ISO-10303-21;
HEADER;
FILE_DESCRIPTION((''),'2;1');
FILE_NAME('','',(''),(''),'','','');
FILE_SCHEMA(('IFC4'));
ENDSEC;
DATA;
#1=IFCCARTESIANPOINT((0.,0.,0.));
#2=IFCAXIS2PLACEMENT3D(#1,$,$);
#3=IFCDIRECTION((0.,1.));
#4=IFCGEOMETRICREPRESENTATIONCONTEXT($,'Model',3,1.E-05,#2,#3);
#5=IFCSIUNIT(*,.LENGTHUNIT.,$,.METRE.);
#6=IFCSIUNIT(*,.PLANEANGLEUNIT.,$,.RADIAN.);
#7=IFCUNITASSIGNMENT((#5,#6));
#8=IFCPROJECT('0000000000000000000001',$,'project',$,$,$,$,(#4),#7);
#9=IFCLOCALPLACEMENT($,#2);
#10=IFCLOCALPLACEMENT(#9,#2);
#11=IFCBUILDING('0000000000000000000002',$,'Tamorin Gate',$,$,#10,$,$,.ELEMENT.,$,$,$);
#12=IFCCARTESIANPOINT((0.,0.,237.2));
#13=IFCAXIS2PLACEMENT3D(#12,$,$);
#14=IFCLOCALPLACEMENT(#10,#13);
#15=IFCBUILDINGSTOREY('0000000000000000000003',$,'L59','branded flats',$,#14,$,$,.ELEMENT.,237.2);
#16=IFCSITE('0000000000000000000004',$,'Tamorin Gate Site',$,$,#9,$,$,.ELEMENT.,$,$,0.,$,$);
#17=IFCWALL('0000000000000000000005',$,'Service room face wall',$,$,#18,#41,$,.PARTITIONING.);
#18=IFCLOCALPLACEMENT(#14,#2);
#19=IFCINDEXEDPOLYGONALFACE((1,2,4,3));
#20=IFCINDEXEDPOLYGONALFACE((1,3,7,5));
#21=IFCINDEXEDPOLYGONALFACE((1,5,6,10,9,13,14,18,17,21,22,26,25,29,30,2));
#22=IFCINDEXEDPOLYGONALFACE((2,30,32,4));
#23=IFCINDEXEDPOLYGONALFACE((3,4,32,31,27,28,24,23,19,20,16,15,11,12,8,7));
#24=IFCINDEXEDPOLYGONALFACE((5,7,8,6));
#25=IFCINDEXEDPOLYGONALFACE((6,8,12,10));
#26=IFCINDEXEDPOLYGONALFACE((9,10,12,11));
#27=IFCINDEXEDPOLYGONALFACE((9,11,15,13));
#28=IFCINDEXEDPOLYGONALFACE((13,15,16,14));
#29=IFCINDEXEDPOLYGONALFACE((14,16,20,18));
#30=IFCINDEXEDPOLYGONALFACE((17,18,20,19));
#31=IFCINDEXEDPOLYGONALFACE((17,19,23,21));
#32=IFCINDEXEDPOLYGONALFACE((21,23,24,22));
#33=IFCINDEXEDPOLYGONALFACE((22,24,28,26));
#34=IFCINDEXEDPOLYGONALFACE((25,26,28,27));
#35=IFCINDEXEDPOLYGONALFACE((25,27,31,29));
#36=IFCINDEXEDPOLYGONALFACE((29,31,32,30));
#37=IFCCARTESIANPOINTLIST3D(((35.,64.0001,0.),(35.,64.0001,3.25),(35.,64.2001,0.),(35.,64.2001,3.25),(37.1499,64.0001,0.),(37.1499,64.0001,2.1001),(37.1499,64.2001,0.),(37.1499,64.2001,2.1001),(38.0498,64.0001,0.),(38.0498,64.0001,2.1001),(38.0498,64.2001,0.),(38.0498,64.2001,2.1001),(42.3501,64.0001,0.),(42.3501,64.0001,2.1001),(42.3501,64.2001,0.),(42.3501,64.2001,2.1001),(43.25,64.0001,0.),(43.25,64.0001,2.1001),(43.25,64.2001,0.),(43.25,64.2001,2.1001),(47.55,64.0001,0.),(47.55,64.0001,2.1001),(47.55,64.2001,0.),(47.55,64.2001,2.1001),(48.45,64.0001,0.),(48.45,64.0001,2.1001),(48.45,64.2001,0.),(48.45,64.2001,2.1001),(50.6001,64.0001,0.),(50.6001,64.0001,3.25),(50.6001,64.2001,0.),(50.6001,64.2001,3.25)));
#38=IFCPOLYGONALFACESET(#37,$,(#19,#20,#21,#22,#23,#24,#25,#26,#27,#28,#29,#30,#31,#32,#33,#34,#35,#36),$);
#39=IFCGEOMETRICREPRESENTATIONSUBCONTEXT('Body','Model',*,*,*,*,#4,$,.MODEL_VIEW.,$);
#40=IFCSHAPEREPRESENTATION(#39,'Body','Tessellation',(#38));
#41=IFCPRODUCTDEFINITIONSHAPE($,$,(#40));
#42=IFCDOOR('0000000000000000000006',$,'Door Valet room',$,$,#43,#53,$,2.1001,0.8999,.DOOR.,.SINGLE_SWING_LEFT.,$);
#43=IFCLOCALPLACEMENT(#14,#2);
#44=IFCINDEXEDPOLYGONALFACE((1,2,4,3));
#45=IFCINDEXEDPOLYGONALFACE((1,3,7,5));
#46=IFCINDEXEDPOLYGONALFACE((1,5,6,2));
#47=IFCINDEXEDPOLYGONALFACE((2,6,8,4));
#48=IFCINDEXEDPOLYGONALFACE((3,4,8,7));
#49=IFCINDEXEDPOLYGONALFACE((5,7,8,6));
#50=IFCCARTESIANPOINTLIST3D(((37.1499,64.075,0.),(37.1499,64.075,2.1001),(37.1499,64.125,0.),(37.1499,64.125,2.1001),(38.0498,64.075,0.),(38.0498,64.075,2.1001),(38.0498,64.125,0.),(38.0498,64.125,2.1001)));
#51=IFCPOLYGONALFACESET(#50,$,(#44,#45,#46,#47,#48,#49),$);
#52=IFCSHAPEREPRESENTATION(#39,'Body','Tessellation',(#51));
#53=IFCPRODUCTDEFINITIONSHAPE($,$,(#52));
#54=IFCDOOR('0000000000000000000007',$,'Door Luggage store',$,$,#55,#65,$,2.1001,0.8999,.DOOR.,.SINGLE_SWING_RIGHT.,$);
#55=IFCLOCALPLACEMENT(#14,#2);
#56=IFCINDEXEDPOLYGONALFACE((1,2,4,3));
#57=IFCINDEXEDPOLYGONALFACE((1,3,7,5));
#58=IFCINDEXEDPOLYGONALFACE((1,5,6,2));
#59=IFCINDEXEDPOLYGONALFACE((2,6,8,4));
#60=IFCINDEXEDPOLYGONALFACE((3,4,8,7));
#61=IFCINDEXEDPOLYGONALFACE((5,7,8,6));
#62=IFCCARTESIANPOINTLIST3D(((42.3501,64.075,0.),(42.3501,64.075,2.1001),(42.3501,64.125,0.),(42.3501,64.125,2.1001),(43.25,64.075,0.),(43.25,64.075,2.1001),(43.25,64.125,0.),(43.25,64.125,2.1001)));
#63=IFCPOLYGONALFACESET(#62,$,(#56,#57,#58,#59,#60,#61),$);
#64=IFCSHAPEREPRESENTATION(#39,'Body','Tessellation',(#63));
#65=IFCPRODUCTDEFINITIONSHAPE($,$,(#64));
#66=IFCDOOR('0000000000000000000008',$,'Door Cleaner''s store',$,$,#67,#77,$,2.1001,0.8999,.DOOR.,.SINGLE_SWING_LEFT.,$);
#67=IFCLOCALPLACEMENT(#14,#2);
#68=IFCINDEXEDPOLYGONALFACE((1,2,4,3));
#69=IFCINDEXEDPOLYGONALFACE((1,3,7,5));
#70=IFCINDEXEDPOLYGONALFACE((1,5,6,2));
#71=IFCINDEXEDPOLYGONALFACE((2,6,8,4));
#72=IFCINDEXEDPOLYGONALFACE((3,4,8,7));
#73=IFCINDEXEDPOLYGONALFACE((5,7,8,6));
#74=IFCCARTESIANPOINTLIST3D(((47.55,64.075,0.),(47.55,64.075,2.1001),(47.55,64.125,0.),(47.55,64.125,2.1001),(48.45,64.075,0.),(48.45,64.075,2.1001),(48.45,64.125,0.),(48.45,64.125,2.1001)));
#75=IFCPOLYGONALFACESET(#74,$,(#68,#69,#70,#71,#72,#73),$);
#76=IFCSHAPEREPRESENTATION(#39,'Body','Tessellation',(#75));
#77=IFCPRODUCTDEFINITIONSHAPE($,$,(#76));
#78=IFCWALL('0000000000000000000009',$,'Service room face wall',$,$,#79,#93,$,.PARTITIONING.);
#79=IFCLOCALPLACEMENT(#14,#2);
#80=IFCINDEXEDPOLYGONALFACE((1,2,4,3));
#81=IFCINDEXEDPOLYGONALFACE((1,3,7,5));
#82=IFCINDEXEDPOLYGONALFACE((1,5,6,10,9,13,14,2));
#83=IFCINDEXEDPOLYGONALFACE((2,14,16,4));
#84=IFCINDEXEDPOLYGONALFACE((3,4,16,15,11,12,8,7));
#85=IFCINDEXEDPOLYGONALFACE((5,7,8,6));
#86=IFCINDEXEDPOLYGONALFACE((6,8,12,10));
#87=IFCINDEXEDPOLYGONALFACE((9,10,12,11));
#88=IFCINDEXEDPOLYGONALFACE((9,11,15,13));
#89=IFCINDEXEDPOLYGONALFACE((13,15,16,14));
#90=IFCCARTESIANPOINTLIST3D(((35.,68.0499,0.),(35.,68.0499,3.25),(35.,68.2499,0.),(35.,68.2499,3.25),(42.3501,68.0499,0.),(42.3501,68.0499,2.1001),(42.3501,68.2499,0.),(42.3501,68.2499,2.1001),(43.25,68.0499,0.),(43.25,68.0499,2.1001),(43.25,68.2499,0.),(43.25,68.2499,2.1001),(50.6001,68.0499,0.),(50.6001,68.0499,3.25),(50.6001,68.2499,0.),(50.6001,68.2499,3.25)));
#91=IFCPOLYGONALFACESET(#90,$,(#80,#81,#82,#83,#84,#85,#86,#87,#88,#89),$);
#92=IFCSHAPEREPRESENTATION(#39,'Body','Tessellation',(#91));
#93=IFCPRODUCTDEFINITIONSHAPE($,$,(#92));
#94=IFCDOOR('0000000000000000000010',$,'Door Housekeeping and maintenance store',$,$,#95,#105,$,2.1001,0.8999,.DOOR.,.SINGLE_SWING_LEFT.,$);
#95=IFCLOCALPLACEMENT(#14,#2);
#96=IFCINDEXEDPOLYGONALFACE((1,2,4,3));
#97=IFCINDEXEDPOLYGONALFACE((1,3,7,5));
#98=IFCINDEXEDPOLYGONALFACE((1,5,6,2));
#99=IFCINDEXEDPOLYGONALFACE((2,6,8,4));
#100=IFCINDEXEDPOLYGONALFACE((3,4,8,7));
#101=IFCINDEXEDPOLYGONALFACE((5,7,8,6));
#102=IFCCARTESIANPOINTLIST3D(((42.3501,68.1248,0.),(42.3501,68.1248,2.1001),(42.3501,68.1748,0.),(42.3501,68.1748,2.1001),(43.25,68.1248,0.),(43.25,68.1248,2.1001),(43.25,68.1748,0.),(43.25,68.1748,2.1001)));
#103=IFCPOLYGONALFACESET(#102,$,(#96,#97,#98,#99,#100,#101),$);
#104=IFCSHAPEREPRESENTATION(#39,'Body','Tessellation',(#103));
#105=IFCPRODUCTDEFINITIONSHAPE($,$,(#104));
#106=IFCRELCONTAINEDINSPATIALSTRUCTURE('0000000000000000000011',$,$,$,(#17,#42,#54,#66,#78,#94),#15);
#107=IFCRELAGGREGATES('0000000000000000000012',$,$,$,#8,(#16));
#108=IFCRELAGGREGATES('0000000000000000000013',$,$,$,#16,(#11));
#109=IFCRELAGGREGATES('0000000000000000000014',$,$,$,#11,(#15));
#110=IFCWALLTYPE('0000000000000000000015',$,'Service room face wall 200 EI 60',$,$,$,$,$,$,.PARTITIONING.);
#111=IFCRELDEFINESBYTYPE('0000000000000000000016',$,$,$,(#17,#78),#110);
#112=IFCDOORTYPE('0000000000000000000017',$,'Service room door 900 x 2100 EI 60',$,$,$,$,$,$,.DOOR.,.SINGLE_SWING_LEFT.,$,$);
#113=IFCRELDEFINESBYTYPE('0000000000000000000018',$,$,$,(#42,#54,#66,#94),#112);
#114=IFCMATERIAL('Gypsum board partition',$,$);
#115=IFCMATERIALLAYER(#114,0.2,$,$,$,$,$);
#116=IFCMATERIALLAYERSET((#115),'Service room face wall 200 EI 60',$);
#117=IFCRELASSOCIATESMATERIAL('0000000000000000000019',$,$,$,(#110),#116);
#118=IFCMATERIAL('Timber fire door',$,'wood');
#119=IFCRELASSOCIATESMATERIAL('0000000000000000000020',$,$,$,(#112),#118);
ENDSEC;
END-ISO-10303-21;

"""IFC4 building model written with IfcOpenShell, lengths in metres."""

from ifc_helpers import new_model, si_unit, direction, frame, frame_2d, origin, place, context, subcontext, project, spatial, rectangle, extrude, material, layer, layer_set, type_object, element, fill, save


model = new_model("IFC4")

# Units and contexts
model_context = context("Model", 3, precision=1e-05, world=origin(), true_north=direction((0.0, 1.0)))
body_context = subcontext(model_context, "Body", "Model", "MODEL_VIEW")
ifc_project = project(units=[si_unit("LENGTHUNIT", "METRE"), si_unit("PLANEANGLEUNIT", "RADIAN")], contexts=[model_context])

# Site, building, storey
site_placement = place(None, origin())
site = spatial("IfcSite", under=ifc_project, at=site_placement, Name="Tamorin Gate Site", CompositionType="ELEMENT", RefElevation=0.0)
building_placement = place(site_placement, origin())
building = spatial("IfcBuilding", under=site, at=building_placement, Name="Tamorin Gate", CompositionType="ELEMENT")
storey_placement = place(building_placement, frame((0.0, 0.0, 237.2)))
storey = spatial("IfcBuildingStorey", under=building, at=storey_placement, Name="L59", Description="branded flats", CompositionType="ELEMENT", Elevation=237.2)

# Wall, openings, doors
ifc_material_1 = material(Name="Gypsum board partition")
ifc_layer_1 = layer(ifc_material_1, 0.2)
ifc_layer_set_1 = layer_set([ifc_layer_1], Name="Service room face wall 200 EI 60")
wall_type_1 = type_object("IfcWallType", Name="Service room face wall 200 EI 60", PredefinedType="PARTITIONING", material=ifc_layer_set_1)
wall_1_placement = place(storey_placement, frame((35.0, 64.1001, 0.0), z_axis=(0.0, 0.0, 1.0), x_axis=(1.0, 0.0, 0.0)))
wall_1 = element("IfcWall", 1, at=wall_1_placement, inside=storey, type_object=wall_type_1, Name="Service room face wall", PredefinedType="PARTITIONING", context=body_context, shape_type="SweptSolid", body=[
    extrude(rectangle(XDim=15.6001, YDim=0.2, at=frame_2d((7.8, 0.0))), origin(), (0.0, 0.0, 1.0), 3.25),
])
opening_1_placement = place(wall_1_placement, frame((2.1499, 0.0, 0.0)))
opening_1 = element("IfcOpeningElement", 2, at=opening_1_placement, cuts=wall_1, PredefinedType="OPENING", context=body_context, shape_type="SweptSolid", body=[
    extrude(rectangle(XDim=0.8999, YDim=2.1001, at=frame_2d((0.45, 1.05))), frame((0.0, 0.1099, 0.0), z_axis=(0.0, -1.0, 0.0), x_axis=(1.0, 0.0, 0.0)), (0.0, 0.0, 1.0), 0.22),
])
opening_2_placement = place(wall_1_placement, frame((7.3501, 0.0, 0.0)))
opening_2 = element("IfcOpeningElement", 3, at=opening_2_placement, cuts=wall_1, PredefinedType="OPENING", context=body_context, shape_type="SweptSolid", body=[
    extrude(rectangle(XDim=0.8999, YDim=2.1001, at=frame_2d((0.45, 1.05))), frame((0.0, 0.1099, 0.0), z_axis=(0.0, -1.0, 0.0), x_axis=(1.0, 0.0, 0.0)), (0.0, 0.0, 1.0), 0.22),
])
opening_3_placement = place(wall_1_placement, frame((12.55, 0.0, 0.0)))
opening_3 = element("IfcOpeningElement", 4, at=opening_3_placement, cuts=wall_1, PredefinedType="OPENING", context=body_context, shape_type="SweptSolid", body=[
    extrude(rectangle(XDim=0.8999, YDim=2.1001, at=frame_2d((0.45, 1.05))), frame((0.0, 0.1099, 0.0), z_axis=(0.0, -1.0, 0.0), x_axis=(1.0, 0.0, 0.0)), (0.0, 0.0, 1.0), 0.22),
])
ifc_material_2 = material(Name="Timber fire door", Category="wood")
door_type_1 = type_object("IfcDoorType", Name="Service room door 900 x 2100 EI 60", OperationType="SINGLE_SWING_LEFT", PredefinedType="DOOR", material=ifc_material_2)
door_1_placement = place(opening_1_placement, origin())
door_1 = element("IfcDoor", 5, at=door_1_placement, inside=storey, type_object=door_type_1, Name="Door Valet room", OperationType="SINGLE_SWING_LEFT", OverallHeight=2.1001, OverallWidth=0.8999, PredefinedType="DOOR", context=body_context, shape_type="SweptSolid", body=[
    extrude(rectangle(XDim=0.8999, YDim=2.1001, at=frame_2d((0.45, 1.05))), frame((0.0, 0.0249, 0.0), z_axis=(0.0, -1.0, 0.0), x_axis=(1.0, 0.0, 0.0)), (0.0, 0.0, 1.0), 0.05),
])
fill(opening_1, door_1)
door_2_placement = place(opening_2_placement, origin())
door_2 = element("IfcDoor", 6, at=door_2_placement, inside=storey, type_object=door_type_1, Name="Door Luggage store", OperationType="SINGLE_SWING_RIGHT", OverallHeight=2.1001, OverallWidth=0.8999, PredefinedType="DOOR", context=body_context, shape_type="SweptSolid", body=[
    extrude(rectangle(XDim=0.8999, YDim=2.1001, at=frame_2d((0.45, 1.05))), frame((0.0, 0.0249, 0.0), z_axis=(0.0, -1.0, 0.0), x_axis=(1.0, 0.0, 0.0)), (0.0, 0.0, 1.0), 0.05),
])
fill(opening_2, door_2)
door_3_placement = place(opening_3_placement, origin())
door_3 = element("IfcDoor", 7, at=door_3_placement, inside=storey, type_object=door_type_1, Name="Door Cleaner's store", OperationType="SINGLE_SWING_LEFT", OverallHeight=2.1001, OverallWidth=0.8999, PredefinedType="DOOR", context=body_context, shape_type="SweptSolid", body=[
    extrude(rectangle(XDim=0.8999, YDim=2.1001, at=frame_2d((0.45, 1.05))), frame((0.0, 0.0249, 0.0), z_axis=(0.0, -1.0, 0.0), x_axis=(1.0, 0.0, 0.0)), (0.0, 0.0, 1.0), 0.05),
])
fill(opening_3, door_3)

# Wall, opening, door
wall_2_placement = place(storey_placement, frame((35.0, 68.1499, 0.0), z_axis=(0.0, 0.0, 1.0), x_axis=(1.0, 0.0, 0.0)))
wall_2 = element("IfcWall", 8, at=wall_2_placement, inside=storey, type_object=wall_type_1, Name="Service room face wall", PredefinedType="PARTITIONING", context=body_context, shape_type="SweptSolid", body=[
    extrude(rectangle(XDim=15.6001, YDim=0.2, at=frame_2d((7.8, 0.0))), origin(), (0.0, 0.0, 1.0), 3.25),
])
opening_4_placement = place(wall_2_placement, frame((7.3501, 0.0, 0.0)))
opening_4 = element("IfcOpeningElement", 9, at=opening_4_placement, cuts=wall_2, PredefinedType="OPENING", context=body_context, shape_type="SweptSolid", body=[
    extrude(rectangle(XDim=0.8999, YDim=2.1001, at=frame_2d((0.45, 1.05))), frame((0.0, 0.1099, 0.0), z_axis=(0.0, -1.0, 0.0), x_axis=(1.0, 0.0, 0.0)), (0.0, 0.0, 1.0), 0.22),
])
door_4_placement = place(opening_4_placement, origin())
door_4 = element("IfcDoor", 10, at=door_4_placement, inside=storey, type_object=door_type_1, Name="Door Housekeeping and maintenance store", OperationType="SINGLE_SWING_LEFT", OverallHeight=2.1001, OverallWidth=0.8999, PredefinedType="DOOR", context=body_context, shape_type="SweptSolid", body=[
    extrude(rectangle(XDim=0.8999, YDim=2.1001, at=frame_2d((0.45, 1.05))), frame((0.0, 0.0249, 0.0), z_axis=(0.0, -1.0, 0.0), x_axis=(1.0, 0.0, 0.0)), (0.0, 0.0, 1.0), 0.05),
])
fill(opening_4, door_4)

save(model, "model.ifc")
